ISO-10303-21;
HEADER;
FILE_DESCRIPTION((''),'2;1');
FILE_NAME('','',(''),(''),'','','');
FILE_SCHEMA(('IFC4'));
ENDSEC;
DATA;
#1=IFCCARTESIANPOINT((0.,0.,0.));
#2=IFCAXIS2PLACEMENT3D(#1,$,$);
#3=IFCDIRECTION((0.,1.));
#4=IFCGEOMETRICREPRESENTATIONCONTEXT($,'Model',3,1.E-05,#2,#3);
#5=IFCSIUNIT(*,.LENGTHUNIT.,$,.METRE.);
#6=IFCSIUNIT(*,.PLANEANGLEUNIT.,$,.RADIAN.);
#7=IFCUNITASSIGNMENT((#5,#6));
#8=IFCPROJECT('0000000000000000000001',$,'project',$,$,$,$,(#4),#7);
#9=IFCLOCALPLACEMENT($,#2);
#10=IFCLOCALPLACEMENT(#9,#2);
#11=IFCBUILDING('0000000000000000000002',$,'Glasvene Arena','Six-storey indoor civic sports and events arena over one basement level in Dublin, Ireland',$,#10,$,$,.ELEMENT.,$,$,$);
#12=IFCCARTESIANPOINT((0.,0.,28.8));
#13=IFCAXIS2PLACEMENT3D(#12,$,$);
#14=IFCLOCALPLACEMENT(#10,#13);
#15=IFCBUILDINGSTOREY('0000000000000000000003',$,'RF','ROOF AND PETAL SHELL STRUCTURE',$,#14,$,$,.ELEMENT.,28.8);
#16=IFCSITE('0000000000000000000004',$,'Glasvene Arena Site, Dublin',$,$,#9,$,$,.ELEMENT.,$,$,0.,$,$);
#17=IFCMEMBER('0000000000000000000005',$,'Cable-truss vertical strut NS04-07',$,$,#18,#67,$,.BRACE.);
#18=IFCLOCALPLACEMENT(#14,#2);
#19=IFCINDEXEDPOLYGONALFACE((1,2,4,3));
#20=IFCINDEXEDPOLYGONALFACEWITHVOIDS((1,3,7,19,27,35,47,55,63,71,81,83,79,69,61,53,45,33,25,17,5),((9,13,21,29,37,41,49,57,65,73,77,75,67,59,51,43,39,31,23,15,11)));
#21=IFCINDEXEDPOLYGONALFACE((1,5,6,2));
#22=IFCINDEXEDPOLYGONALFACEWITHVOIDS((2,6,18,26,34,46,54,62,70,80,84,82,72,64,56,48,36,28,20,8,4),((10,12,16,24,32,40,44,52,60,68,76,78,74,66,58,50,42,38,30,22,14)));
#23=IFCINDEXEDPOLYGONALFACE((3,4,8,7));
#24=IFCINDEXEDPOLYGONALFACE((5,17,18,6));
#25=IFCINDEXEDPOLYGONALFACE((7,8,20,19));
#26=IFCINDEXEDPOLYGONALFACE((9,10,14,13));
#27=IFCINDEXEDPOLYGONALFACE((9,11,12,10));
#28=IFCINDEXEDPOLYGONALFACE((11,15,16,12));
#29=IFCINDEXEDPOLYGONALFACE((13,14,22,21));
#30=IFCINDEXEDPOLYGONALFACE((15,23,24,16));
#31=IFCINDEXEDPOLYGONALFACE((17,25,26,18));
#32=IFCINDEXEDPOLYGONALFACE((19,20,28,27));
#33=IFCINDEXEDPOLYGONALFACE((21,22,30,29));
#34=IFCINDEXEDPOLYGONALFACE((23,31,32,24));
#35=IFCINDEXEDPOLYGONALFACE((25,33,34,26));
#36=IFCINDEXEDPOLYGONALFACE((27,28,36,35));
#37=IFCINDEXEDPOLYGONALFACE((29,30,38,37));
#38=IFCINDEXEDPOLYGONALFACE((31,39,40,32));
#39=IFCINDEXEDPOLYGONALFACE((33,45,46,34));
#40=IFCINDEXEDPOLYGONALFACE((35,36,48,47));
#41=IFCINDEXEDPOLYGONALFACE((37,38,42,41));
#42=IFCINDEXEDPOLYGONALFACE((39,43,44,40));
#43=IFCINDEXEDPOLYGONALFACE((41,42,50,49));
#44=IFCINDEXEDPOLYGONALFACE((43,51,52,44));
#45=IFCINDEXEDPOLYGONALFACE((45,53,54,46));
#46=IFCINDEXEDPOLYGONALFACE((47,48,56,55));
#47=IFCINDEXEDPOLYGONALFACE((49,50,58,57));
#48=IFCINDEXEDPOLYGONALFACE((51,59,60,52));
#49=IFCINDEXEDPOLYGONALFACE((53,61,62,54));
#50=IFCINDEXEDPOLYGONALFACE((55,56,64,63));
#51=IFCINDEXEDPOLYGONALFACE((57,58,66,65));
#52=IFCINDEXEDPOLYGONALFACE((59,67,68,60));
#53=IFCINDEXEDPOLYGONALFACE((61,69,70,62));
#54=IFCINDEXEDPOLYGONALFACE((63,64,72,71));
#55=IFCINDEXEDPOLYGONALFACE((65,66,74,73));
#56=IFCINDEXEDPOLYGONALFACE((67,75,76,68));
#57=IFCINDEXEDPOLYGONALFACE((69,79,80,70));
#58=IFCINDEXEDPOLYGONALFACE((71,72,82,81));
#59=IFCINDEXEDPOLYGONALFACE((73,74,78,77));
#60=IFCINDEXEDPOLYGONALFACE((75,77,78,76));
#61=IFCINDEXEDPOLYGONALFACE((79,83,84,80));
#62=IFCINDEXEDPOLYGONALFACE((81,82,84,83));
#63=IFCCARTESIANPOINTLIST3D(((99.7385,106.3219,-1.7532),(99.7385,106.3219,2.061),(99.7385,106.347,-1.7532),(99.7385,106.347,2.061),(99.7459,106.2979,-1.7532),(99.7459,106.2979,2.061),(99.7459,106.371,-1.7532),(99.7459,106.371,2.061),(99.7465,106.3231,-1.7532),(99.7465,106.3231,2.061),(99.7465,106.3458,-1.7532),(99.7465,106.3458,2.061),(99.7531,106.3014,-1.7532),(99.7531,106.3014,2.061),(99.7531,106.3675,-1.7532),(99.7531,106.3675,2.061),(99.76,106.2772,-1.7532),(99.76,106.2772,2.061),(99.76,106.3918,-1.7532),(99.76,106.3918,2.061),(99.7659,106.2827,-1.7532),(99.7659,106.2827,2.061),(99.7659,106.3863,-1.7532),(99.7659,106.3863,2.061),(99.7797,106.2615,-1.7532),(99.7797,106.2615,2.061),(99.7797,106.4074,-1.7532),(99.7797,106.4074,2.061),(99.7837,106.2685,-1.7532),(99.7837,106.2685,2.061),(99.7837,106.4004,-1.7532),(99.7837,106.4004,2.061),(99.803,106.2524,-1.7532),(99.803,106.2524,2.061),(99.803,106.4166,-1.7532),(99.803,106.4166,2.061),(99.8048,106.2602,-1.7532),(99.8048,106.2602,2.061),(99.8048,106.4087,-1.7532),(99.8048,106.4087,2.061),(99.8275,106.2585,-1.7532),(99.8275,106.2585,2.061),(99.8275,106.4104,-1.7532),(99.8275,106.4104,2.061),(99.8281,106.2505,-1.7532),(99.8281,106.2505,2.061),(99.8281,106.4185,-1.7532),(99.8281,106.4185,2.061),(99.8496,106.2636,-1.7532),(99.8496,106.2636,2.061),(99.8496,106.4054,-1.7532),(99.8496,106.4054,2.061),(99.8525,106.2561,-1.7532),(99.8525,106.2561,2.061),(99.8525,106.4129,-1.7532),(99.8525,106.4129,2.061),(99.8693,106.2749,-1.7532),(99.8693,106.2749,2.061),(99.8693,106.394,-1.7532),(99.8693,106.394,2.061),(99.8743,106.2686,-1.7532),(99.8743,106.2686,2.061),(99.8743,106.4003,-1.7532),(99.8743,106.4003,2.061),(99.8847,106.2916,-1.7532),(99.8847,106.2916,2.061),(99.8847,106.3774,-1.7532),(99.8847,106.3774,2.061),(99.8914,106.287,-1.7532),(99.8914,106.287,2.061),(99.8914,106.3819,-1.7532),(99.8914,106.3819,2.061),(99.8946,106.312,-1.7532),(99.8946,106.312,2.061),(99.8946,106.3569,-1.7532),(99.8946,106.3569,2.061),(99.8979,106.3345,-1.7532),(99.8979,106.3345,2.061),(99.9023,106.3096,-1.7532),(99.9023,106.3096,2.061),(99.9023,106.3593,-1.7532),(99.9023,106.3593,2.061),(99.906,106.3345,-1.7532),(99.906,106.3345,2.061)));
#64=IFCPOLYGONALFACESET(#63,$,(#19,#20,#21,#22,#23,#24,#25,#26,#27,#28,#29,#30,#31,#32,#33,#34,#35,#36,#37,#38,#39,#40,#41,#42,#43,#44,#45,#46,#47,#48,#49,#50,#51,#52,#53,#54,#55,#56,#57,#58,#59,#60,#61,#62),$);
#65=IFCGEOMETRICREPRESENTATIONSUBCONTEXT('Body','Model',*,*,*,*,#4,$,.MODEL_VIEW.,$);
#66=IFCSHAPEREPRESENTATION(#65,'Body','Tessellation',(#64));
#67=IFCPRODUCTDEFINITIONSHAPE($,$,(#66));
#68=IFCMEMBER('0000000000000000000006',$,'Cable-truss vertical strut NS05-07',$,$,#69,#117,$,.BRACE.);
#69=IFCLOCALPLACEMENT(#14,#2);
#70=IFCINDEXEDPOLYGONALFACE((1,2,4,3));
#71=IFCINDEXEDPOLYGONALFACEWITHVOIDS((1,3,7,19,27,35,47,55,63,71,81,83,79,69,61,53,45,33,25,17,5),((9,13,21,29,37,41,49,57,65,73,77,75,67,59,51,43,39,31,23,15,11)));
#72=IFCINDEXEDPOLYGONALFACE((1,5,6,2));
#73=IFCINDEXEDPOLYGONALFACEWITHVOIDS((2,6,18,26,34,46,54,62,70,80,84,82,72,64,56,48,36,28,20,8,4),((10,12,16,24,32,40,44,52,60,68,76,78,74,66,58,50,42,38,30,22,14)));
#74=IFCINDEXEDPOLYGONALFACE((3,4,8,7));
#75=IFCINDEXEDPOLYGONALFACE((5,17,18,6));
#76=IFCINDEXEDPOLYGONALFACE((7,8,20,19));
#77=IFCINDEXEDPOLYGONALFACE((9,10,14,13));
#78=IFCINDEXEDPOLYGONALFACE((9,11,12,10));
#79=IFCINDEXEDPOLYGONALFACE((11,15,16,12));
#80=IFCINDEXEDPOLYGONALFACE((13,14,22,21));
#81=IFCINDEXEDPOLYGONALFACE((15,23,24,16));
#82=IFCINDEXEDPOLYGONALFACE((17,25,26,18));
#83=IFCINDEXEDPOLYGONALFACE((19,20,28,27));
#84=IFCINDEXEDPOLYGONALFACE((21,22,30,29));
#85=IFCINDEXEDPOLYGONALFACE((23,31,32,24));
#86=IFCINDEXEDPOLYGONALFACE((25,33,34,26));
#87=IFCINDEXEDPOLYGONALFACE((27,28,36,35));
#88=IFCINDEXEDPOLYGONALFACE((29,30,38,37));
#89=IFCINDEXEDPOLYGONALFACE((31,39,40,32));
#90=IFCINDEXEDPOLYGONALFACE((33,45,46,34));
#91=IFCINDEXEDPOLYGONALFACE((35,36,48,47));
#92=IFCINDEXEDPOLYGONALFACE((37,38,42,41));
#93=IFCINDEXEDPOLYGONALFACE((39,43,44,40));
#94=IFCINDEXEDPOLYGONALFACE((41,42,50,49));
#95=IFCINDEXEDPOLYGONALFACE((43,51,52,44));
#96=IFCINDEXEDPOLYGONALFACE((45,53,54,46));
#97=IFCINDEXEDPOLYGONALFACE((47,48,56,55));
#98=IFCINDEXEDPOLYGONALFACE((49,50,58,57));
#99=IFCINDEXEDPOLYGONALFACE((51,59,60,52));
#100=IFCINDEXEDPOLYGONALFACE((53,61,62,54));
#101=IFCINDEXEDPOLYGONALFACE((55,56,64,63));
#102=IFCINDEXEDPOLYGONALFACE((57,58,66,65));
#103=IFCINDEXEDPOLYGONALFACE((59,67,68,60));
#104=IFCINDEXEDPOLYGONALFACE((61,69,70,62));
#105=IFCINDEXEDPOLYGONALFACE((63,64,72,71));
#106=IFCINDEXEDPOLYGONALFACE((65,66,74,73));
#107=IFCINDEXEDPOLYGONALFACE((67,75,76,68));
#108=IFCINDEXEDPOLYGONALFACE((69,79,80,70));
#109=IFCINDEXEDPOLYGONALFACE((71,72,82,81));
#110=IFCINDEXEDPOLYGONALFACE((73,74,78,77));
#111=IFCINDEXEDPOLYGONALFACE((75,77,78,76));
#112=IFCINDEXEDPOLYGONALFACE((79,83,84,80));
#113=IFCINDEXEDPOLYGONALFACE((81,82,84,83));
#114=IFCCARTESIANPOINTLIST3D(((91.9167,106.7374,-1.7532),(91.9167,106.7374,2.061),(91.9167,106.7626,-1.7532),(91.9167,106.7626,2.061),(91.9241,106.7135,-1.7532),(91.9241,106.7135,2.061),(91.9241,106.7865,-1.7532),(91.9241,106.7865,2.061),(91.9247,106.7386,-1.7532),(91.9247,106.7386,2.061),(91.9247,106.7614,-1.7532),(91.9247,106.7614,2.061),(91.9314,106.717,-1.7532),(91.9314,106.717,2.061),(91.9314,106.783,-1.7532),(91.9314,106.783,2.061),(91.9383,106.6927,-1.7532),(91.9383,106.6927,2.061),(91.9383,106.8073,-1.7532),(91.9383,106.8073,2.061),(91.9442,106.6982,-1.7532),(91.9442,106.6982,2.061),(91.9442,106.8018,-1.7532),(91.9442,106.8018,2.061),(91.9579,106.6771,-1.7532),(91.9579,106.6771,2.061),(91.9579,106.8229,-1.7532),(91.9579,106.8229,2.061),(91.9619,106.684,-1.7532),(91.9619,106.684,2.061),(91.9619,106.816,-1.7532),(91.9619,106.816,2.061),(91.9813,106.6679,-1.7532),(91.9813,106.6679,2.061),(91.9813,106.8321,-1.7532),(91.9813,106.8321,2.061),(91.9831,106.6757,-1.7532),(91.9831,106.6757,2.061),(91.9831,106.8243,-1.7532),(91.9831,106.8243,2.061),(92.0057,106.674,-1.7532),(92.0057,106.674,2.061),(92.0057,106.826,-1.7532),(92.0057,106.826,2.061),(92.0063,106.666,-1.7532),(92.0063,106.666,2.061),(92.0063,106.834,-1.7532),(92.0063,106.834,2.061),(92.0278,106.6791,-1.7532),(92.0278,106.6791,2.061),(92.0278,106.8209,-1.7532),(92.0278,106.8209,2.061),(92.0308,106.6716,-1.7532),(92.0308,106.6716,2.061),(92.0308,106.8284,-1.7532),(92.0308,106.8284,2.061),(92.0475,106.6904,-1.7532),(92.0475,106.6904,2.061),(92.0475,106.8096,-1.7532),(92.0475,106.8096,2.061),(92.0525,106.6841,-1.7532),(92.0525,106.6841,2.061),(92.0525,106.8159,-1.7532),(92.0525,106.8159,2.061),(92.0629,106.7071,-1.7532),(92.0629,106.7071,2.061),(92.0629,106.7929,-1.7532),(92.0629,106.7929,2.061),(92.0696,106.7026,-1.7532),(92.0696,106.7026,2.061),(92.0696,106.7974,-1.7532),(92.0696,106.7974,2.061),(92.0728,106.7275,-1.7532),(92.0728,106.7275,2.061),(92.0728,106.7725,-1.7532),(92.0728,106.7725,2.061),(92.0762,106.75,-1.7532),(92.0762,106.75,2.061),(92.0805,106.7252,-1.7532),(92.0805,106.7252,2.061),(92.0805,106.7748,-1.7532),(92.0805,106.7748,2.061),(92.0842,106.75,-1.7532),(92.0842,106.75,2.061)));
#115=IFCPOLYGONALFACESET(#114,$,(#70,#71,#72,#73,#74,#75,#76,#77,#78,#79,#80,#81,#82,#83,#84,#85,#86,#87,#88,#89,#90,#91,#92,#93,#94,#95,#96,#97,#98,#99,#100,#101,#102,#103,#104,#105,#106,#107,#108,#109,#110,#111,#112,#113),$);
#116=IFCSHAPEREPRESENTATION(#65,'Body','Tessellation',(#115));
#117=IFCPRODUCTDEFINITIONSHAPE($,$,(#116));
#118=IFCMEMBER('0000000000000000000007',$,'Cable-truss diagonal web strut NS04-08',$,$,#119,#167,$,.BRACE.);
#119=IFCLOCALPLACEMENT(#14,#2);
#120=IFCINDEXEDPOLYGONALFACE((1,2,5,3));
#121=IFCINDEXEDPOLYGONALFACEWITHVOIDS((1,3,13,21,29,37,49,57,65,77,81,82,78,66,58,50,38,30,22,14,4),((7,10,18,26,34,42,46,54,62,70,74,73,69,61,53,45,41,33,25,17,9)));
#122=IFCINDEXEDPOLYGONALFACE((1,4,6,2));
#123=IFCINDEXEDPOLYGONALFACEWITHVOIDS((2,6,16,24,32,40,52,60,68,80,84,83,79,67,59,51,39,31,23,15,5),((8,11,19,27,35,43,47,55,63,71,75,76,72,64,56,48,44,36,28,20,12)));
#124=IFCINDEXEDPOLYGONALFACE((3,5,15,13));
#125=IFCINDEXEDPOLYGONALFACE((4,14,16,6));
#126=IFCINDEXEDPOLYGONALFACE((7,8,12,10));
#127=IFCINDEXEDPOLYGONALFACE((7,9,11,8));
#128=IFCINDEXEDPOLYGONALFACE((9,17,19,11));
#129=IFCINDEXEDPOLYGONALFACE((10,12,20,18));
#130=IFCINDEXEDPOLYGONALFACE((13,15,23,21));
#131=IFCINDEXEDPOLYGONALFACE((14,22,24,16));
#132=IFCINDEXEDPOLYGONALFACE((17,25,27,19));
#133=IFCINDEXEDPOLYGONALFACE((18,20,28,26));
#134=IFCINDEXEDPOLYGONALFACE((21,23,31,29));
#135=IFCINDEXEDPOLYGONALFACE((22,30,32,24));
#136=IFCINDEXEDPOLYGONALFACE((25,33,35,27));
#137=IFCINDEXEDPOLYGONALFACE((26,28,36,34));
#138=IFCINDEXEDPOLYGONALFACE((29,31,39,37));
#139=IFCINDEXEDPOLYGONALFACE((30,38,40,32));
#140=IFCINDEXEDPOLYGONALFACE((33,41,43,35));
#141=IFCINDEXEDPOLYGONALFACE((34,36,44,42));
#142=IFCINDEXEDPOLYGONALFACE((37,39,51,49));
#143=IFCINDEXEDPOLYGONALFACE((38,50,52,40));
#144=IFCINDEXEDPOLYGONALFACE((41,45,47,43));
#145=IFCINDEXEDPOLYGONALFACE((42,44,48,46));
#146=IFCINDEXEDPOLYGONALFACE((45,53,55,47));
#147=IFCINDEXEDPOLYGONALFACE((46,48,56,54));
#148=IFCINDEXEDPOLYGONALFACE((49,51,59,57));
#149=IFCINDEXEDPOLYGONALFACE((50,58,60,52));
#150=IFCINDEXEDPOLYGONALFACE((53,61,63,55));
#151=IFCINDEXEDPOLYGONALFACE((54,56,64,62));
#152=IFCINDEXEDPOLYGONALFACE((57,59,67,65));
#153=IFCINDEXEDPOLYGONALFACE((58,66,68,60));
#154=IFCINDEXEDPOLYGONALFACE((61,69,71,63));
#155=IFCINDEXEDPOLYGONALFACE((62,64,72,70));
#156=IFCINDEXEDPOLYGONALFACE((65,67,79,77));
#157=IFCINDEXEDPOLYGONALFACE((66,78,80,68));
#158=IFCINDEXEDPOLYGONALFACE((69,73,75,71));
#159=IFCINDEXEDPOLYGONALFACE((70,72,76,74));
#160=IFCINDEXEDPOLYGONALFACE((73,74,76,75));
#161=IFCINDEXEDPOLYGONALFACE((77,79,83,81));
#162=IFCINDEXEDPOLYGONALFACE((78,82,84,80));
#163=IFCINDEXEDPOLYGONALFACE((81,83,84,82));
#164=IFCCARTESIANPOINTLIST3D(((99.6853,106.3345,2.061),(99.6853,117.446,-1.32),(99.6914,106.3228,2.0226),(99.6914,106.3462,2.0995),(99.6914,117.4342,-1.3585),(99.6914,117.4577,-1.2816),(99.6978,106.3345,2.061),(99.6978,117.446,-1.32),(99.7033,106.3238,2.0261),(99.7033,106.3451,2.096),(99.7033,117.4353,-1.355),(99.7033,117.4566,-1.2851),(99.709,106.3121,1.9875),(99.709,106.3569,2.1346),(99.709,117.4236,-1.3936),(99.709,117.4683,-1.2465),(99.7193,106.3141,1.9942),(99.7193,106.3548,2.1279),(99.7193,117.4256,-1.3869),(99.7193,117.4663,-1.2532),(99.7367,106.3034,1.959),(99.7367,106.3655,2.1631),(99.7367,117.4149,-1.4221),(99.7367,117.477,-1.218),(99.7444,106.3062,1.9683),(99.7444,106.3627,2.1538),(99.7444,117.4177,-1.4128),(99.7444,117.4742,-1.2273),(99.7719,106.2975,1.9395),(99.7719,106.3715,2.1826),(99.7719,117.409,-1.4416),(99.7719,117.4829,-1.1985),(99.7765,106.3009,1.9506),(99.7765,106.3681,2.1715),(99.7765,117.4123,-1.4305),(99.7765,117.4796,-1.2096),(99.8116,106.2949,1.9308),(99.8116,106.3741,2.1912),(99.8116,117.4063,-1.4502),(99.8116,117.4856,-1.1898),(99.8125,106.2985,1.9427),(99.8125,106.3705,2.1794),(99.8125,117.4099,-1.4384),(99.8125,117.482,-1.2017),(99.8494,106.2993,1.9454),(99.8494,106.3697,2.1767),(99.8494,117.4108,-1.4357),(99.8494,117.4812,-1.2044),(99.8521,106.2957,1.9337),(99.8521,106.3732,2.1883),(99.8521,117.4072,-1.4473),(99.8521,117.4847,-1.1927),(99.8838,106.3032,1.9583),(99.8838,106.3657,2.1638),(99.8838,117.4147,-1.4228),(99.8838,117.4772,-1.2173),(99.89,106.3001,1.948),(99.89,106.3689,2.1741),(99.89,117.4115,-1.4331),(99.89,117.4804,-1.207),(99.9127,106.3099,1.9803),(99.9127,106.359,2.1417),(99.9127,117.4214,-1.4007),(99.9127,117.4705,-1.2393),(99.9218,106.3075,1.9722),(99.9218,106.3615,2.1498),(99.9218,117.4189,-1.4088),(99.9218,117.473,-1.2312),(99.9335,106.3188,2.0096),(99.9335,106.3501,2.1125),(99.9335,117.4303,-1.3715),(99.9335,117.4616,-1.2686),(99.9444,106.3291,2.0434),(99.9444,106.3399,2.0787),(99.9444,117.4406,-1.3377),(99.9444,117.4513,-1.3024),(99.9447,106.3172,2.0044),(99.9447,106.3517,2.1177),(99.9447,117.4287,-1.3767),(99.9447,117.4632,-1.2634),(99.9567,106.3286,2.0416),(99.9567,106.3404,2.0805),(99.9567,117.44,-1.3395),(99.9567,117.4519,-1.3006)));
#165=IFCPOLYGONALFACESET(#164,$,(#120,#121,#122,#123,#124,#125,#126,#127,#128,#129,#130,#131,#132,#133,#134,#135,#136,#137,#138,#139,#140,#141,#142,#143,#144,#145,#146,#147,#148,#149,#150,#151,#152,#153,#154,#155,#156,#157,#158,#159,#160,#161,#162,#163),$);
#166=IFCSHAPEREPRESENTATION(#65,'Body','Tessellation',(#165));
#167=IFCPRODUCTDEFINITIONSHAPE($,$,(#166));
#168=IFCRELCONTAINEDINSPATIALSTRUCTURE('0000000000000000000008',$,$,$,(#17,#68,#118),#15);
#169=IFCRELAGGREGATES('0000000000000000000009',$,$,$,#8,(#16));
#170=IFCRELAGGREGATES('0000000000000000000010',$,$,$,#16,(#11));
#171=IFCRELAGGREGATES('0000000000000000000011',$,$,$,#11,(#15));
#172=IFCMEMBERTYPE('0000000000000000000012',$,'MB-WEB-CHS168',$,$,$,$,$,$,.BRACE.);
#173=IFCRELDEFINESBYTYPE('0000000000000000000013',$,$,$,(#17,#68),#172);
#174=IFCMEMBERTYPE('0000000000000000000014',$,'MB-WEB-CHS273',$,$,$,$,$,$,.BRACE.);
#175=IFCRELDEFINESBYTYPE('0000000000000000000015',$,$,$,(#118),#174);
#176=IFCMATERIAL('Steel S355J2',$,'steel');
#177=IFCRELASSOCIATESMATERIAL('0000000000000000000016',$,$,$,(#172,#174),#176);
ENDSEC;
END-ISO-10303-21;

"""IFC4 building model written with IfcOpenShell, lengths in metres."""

from ifc_helpers import new_model, si_unit, direction, frame, origin, origin_2d, place, context, subcontext, project, spatial, hollow_circle, extrude, material, material_profile, profile_set, type_object, element, save


model = new_model("IFC4")

# Units and contexts
model_context = context("Model", 3, precision=1e-05, world=origin(), true_north=direction((0.0, 1.0)))
body_context = subcontext(model_context, "Body", "Model", "MODEL_VIEW")
ifc_project = project(units=[si_unit("LENGTHUNIT", "METRE"), si_unit("PLANEANGLEUNIT", "RADIAN")], contexts=[model_context])

# Site, building, storey
site_placement = place(None, origin())
site = spatial("IfcSite", under=ifc_project, at=site_placement, Name="Glasvene Arena Site, Dublin", CompositionType="ELEMENT", RefElevation=0.0)
building_placement = place(site_placement, origin())
building = spatial("IfcBuilding", under=site, at=building_placement, Name="Glasvene Arena", Description="Six-storey indoor civic sports and events arena over one basement level in Dublin, Ireland", CompositionType="ELEMENT")
storey_placement = place(building_placement, frame((0.0, 0.0, 28.8)))
storey = spatial("IfcBuildingStorey", under=building, at=storey_placement, Name="RF", Description="ROOF AND PETAL SHELL STRUCTURE", CompositionType="ELEMENT", Elevation=28.8)

# Members
ifc_material_1 = material(Name="Steel S355J2", Category="steel")
ifc_material_profile_1 = material_profile(ifc_material_1, hollow_circle(Radius=0.0842, WallThickness=0.0081, at=origin_2d()), Name="CHS 168.3x8.0")
ifc_profile_set_1 = profile_set([ifc_material_profile_1], Name="Steel S355J2")
member_type_1 = type_object("IfcMemberType", Name="MB-WEB-CHS168", PredefinedType="BRACE", material=ifc_profile_set_1)
for number, where, z_axis, x_axis, name in (
    (1, (99.8218, 106.3345, -1.7532), (0.0, 0.0, 1.0), (1.0, 0.0, 0.0), "Cable-truss vertical strut NS04-07"),
    (2, (92.0, 106.75, -1.7532), (0.0, 0.0, 1.0), (1.0, 0.0, 0.0), "Cable-truss vertical strut NS05-07"),
):
    element("IfcMember", number, at=place(storey_placement, frame(where, z_axis=z_axis, x_axis=x_axis)), inside=storey, type_object=member_type_1, Name=name, PredefinedType="BRACE", context=body_context, shape_type="SweptSolid", body=[
        extrude(hollow_circle(Radius=0.0842, WallThickness=0.0081, at=origin_2d()), origin(), (0.0, 0.0, 1.0), 3.8142),
    ])
ifc_material_profile_2 = material_profile(ifc_material_1, hollow_circle(Radius=0.1365, WallThickness=0.0125, at=origin_2d()), Name="CHS 273.0x12.5")
ifc_profile_set_2 = profile_set([ifc_material_profile_2], Name="Steel S355J2")
member_type_2 = type_object("IfcMemberType", Name="MB-WEB-CHS273", PredefinedType="BRACE", material=ifc_profile_set_2)
member_1_placement = place(storey_placement, frame((99.8218, 106.3345, 2.061), z_axis=(0.0, 0.95669, -0.291108), x_axis=(-1.0, 0.0, 0.0)))
element("IfcMember", 3, at=member_1_placement, inside=storey, type_object=member_type_2, Name="Cable-truss diagonal web strut NS04-08", PredefinedType="BRACE", context=body_context, shape_type="SweptSolid", body=[
    extrude(hollow_circle(Radius=0.1365, WallThickness=0.0125, at=origin_2d()), origin(), (0.0, 0.0, 1.0), 11.6145),
])

save(model, "model.ifc")
